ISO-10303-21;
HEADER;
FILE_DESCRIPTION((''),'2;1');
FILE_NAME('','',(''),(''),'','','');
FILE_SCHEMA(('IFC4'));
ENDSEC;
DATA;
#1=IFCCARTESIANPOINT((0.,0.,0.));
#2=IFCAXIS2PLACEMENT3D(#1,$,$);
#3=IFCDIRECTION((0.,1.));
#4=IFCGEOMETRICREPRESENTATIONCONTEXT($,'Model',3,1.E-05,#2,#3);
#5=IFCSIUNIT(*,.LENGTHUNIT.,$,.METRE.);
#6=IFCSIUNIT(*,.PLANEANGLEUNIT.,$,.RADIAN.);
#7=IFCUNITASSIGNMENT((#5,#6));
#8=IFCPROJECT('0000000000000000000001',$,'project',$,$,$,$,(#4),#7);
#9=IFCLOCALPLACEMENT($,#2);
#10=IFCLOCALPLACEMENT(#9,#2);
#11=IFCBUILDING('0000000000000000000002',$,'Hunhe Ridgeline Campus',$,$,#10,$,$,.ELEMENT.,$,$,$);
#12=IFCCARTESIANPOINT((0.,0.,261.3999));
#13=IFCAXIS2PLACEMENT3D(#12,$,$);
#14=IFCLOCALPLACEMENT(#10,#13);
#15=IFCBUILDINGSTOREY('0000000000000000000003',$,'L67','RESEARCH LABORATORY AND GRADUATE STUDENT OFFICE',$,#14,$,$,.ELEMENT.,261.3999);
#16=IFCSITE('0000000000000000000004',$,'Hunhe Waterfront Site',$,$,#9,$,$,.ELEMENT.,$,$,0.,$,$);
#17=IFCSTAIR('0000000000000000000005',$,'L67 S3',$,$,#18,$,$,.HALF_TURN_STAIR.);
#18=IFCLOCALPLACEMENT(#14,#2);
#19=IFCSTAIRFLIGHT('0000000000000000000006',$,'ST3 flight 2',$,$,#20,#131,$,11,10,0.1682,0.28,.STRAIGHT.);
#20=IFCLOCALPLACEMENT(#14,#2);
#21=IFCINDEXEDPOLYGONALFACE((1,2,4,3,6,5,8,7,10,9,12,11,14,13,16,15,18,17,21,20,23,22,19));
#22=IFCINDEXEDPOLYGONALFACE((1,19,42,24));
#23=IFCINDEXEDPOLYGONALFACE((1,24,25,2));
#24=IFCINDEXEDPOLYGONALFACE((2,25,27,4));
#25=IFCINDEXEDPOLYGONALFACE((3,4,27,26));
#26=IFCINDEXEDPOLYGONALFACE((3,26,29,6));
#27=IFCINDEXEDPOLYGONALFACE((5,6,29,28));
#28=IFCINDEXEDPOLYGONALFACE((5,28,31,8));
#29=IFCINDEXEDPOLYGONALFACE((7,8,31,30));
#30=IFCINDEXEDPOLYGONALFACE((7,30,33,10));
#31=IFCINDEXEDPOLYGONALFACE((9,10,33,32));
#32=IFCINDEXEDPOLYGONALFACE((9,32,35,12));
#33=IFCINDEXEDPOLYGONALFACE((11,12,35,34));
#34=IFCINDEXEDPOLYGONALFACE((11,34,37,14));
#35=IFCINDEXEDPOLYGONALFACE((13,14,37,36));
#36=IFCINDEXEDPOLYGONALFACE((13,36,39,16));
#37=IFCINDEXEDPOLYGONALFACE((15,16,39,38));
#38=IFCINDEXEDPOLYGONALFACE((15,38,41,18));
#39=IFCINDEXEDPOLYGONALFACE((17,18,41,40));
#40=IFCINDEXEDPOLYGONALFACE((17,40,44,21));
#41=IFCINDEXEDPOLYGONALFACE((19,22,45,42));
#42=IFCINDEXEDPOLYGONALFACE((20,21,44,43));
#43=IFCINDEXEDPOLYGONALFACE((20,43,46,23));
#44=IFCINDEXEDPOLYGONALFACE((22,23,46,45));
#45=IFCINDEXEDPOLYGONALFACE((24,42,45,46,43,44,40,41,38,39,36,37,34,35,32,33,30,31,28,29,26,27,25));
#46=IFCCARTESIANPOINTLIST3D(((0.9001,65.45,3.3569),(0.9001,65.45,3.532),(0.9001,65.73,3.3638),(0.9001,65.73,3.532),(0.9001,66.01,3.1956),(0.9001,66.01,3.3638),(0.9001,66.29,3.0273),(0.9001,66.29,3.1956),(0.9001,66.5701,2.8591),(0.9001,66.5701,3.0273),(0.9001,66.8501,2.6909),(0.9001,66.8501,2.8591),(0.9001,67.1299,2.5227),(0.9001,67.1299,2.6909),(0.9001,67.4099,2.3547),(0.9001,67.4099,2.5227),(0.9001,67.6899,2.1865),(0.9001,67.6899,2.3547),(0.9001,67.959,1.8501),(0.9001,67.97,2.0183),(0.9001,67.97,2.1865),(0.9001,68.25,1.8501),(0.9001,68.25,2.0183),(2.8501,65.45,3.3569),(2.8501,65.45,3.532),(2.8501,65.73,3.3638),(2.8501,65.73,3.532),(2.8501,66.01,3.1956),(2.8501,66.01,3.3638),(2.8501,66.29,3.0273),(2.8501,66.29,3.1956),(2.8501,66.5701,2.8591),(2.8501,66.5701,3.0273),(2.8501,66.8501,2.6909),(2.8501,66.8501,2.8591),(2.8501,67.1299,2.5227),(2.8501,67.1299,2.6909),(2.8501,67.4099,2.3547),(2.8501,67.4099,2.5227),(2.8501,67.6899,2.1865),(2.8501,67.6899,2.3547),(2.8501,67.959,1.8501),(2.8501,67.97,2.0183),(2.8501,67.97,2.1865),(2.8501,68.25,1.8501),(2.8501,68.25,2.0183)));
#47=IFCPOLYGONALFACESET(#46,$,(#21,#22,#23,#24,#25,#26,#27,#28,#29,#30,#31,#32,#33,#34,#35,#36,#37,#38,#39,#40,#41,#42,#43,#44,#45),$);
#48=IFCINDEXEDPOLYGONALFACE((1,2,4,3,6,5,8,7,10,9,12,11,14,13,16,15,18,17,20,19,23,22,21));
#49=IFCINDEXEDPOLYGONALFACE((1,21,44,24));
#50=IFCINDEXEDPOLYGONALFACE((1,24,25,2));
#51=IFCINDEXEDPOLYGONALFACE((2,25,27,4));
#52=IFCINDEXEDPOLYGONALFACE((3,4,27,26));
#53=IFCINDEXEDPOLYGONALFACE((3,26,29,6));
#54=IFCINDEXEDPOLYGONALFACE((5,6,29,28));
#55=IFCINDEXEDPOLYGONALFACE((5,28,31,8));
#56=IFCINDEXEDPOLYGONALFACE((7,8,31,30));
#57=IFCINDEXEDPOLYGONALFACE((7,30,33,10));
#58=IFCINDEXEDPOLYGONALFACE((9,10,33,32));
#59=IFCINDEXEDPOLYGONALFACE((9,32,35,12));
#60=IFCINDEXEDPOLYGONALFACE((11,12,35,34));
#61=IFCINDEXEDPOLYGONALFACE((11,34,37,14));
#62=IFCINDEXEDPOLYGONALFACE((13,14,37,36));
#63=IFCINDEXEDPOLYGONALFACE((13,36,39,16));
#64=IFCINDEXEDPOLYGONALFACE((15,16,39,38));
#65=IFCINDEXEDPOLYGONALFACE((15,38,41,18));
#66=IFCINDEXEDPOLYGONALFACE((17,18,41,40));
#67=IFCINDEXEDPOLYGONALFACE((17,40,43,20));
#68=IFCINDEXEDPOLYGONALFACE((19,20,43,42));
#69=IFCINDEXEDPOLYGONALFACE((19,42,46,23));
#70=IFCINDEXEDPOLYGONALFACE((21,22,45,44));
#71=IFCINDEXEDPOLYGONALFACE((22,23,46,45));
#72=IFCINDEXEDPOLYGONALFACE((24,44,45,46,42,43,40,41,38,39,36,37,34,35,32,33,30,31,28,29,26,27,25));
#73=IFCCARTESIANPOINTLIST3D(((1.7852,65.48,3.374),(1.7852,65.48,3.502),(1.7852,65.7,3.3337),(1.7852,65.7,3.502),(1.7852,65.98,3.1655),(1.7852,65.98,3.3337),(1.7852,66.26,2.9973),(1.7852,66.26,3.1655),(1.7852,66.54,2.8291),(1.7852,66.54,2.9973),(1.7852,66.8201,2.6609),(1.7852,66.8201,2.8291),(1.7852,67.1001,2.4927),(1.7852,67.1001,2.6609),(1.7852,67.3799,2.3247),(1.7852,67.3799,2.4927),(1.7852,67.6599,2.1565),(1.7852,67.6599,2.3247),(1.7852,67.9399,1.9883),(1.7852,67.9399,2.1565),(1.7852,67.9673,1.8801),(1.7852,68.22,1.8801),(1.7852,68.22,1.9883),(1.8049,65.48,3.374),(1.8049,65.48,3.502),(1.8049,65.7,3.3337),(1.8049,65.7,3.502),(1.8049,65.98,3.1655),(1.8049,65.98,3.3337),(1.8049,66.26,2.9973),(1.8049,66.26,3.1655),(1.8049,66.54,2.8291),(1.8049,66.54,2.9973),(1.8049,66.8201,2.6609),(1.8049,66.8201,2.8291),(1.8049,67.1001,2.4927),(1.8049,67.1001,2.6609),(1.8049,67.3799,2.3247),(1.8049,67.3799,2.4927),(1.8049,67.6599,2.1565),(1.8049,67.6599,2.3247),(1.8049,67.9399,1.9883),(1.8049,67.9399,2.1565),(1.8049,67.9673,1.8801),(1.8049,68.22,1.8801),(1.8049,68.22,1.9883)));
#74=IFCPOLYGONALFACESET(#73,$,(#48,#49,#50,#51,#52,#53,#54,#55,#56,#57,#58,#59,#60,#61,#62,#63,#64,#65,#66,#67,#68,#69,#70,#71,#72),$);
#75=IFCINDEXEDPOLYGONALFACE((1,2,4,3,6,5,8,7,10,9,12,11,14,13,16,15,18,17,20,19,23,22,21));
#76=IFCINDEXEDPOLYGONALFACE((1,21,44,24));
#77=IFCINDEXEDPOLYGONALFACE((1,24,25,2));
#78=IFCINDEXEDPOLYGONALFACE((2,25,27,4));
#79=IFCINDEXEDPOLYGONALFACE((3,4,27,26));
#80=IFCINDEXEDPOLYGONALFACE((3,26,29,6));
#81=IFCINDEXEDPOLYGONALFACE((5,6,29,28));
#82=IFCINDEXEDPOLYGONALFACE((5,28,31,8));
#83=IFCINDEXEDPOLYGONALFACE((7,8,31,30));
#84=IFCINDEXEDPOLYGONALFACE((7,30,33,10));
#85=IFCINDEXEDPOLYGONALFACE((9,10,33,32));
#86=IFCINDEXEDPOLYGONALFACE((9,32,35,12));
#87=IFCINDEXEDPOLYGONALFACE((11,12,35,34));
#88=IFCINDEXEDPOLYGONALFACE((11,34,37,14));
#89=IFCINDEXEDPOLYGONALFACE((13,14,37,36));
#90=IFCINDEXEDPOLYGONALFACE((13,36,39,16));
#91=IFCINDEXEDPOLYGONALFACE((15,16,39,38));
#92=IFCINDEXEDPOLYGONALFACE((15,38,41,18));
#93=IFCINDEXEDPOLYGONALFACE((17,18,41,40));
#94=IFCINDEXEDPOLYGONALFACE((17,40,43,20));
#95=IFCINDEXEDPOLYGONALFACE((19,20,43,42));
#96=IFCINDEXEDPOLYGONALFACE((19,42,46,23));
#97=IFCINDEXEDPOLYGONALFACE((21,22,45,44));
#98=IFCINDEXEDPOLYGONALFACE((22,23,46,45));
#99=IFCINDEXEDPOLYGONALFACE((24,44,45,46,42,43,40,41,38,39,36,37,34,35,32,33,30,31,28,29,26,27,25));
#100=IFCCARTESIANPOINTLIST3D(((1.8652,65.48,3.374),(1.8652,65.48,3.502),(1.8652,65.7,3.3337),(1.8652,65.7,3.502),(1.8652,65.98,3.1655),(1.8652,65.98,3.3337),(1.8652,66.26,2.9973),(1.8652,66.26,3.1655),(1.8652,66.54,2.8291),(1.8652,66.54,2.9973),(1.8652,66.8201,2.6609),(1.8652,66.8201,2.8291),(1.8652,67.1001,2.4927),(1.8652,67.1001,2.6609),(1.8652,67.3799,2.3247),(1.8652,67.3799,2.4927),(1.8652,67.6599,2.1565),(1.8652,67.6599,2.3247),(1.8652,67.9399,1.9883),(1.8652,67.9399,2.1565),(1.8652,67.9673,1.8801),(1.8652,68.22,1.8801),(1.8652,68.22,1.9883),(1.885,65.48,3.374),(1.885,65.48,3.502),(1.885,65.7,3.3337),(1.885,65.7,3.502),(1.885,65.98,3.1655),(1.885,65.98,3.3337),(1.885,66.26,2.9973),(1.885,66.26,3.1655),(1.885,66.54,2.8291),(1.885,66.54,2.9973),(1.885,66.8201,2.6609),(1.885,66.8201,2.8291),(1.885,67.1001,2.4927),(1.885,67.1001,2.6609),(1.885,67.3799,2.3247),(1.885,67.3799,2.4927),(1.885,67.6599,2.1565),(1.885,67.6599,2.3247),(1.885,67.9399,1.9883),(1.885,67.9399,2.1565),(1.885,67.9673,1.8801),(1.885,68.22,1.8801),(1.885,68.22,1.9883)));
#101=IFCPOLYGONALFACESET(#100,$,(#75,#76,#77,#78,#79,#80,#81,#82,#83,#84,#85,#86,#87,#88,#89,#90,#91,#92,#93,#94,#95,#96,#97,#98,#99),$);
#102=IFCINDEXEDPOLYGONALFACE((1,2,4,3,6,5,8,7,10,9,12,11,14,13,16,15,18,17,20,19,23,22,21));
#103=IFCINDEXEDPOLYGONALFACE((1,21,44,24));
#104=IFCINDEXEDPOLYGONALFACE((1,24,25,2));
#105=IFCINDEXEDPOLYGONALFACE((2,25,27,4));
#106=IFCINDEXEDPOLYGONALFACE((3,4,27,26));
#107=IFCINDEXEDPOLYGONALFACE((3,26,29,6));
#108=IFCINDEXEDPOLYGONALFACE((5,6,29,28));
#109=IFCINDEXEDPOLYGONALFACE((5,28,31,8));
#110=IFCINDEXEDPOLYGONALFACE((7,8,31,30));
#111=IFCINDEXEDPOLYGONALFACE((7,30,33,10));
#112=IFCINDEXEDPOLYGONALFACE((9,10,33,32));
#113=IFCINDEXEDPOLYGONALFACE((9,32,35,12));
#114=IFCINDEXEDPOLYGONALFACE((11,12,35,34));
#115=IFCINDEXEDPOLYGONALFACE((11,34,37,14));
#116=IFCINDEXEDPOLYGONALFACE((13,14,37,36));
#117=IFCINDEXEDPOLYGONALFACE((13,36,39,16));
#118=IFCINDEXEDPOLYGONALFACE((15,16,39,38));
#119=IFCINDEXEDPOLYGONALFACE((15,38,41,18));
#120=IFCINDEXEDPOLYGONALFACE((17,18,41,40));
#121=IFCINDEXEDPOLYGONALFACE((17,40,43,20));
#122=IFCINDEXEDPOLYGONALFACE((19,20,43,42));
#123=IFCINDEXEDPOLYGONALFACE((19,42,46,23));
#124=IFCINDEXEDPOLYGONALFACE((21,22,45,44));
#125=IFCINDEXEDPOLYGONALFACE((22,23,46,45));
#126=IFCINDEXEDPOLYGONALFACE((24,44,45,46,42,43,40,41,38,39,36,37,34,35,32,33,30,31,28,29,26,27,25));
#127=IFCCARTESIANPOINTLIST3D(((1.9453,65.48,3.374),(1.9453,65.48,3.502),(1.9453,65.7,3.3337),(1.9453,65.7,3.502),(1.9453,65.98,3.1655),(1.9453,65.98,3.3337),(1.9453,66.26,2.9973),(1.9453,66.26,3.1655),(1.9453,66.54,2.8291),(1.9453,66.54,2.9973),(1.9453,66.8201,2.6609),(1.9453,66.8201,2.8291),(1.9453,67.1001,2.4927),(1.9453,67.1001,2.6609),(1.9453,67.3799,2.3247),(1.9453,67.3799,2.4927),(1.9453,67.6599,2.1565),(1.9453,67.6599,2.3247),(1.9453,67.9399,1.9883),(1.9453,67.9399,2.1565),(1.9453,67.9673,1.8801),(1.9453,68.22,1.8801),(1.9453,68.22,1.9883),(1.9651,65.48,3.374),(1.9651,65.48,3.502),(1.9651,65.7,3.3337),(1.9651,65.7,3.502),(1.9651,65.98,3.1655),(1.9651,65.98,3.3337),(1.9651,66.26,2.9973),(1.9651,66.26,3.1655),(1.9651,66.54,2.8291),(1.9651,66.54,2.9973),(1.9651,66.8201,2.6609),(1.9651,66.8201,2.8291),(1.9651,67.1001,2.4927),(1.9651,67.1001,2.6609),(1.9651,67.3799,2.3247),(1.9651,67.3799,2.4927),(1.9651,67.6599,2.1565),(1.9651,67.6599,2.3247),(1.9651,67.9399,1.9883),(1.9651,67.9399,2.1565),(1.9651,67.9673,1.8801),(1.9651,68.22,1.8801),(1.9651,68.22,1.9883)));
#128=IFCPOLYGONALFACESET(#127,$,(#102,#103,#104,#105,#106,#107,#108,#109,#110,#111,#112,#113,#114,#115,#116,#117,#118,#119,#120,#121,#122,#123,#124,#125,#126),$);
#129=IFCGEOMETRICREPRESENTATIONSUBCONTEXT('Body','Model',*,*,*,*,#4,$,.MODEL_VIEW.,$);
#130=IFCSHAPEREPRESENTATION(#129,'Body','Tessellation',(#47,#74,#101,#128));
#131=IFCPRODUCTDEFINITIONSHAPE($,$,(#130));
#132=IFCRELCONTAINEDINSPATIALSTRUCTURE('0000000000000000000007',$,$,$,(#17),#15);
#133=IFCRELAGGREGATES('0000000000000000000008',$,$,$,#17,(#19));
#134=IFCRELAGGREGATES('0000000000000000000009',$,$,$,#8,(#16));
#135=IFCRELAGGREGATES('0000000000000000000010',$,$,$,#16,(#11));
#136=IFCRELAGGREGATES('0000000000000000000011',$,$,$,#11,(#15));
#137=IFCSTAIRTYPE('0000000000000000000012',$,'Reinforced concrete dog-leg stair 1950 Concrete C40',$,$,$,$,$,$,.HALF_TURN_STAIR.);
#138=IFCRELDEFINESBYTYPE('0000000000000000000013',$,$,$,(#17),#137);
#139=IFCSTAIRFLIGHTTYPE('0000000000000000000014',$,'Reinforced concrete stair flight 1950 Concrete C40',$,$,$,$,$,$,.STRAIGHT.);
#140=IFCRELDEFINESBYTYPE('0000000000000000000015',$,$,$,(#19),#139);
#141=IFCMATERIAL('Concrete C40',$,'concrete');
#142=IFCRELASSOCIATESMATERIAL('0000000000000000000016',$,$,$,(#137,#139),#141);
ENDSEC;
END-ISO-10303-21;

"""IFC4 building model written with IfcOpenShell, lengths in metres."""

from ifc_helpers import new_model, si_unit, direction, frame, origin, place, context, subcontext, project, spatial, polyline, outline, extrude, material, type_object, element, aggregate, save


model = new_model("IFC4")

# Units and contexts
model_context = context("Model", 3, precision=1e-05, world=origin(), true_north=direction((0.0, 1.0)))
body_context = subcontext(model_context, "Body", "Model", "MODEL_VIEW")
ifc_project = project(units=[si_unit("LENGTHUNIT", "METRE"), si_unit("PLANEANGLEUNIT", "RADIAN")], contexts=[model_context])

# Site, building, storey
site_placement = place(None, origin())
site = spatial("IfcSite", under=ifc_project, at=site_placement, Name="Hunhe Waterfront Site", CompositionType="ELEMENT", RefElevation=0.0)
building_placement = place(site_placement, origin())
building = spatial("IfcBuilding", under=site, at=building_placement, Name="Hunhe Ridgeline Campus", CompositionType="ELEMENT")
storey_placement = place(building_placement, frame((0.0, 0.0, 261.3999)))
storey = spatial("IfcBuildingStorey", under=building, at=storey_placement, Name="L67", Description="RESEARCH LABORATORY AND GRADUATE STUDENT OFFICE", CompositionType="ELEMENT", Elevation=261.3999)

# Stair, stair flight
ifc_material_1 = material(Name="Concrete C40", Category="concrete")
stair_type = type_object("IfcStairType", Name="Reinforced concrete dog-leg stair 1950 Concrete C40", PredefinedType="HALF_TURN_STAIR", material=ifc_material_1)
stair_1_placement = place(storey_placement, origin())
stair_1 = element("IfcStair", 1, at=stair_1_placement, inside=storey, type_object=stair_type, Name="L67 S3", PredefinedType="HALF_TURN_STAIR")
stair_flight_type = type_object("IfcStairFlightType", Name="Reinforced concrete stair flight 1950 Concrete C40", PredefinedType="STRAIGHT", material=ifc_material_1)
stair_flight_1_placement = place(storey_placement, frame((1.875, 68.25, 1.8501), z_axis=(0.0, 0.0, 1.0), x_axis=(0.0, -1.0, 0.0)))
stair_flight_1 = element("IfcStairFlight", 2, at=stair_flight_1_placement, type_object=stair_flight_type, Name="ST3 flight 2", NumberOfRisers=11, NumberOfTreads=10, PredefinedType="STRAIGHT", RiserHeight=0.1682, TreadLength=0.28, context=body_context, shape_type="SweptSolid", body=[
    extrude(outline(polyline([(0.0, 0.0), (0.0, 0.1682), (0.28, 0.1682), (0.28, 0.3364), (0.5601, 0.3364), (0.5601, 0.5046), (0.8401, 0.5046), (0.8401, 0.6726), (1.1201, 0.6726), (1.1201, 0.8408), (1.3999, 0.8408), (1.3999, 1.009), (1.6799, 1.009), (1.6799, 1.1772), (1.96, 1.1772), (1.96, 1.3455), (2.24, 1.3455), (2.24, 1.5137), (2.52, 1.5137), (2.52, 1.6819), (2.8, 1.6819), (2.8, 1.8501), (2.8, 1.5068), (0.291, 0.0), (0.0, 0.0)])), frame((0.0, 0.9751, 0.0), z_axis=(0.0, -1.0, 0.0), x_axis=(1.0, 0.0, 0.0)), (0.0, 0.0, 1.0), 1.95),
    extrude(outline(polyline([(0.03, 0.03), (0.03, 0.1382), (0.3101, 0.1382), (0.3101, 0.3064), (0.5901, 0.3064), (0.5901, 0.4746), (0.8701, 0.4746), (0.8701, 0.6426), (1.1499, 0.6426), (1.1499, 0.8108), (1.4299, 0.8108), (1.4299, 0.979), (1.71, 0.979), (1.71, 1.1472), (1.99, 1.1472), (1.99, 1.3154), (2.27, 1.3154), (2.27, 1.4836), (2.55, 1.4836), (2.55, 1.6519), (2.77, 1.6519), (2.77, 1.5239), (0.2827, 0.03), (0.03, 0.03)])), frame((0.0, -0.0701, 0.0), z_axis=(0.0, -1.0, 0.0), x_axis=(1.0, 0.0, 0.0)), (0.0, 0.0, 1.0), 0.0198),
    extrude(outline(polyline([(0.03, 0.03), (0.03, 0.1382), (0.3101, 0.1382), (0.3101, 0.3064), (0.5901, 0.3064), (0.5901, 0.4746), (0.8701, 0.4746), (0.8701, 0.6426), (1.1499, 0.6426), (1.1499, 0.8108), (1.4299, 0.8108), (1.4299, 0.979), (1.71, 0.979), (1.71, 1.1472), (1.99, 1.1472), (1.99, 1.3154), (2.27, 1.3154), (2.27, 1.4836), (2.55, 1.4836), (2.55, 1.6519), (2.77, 1.6519), (2.77, 1.5239), (0.2827, 0.03), (0.03, 0.03)])), frame((0.0, 0.01, 0.0), z_axis=(0.0, -1.0, 0.0), x_axis=(1.0, 0.0, 0.0)), (0.0, 0.0, 1.0), 0.0198),
    extrude(outline(polyline([(0.03, 0.03), (0.03, 0.1382), (0.3101, 0.1382), (0.3101, 0.3064), (0.5901, 0.3064), (0.5901, 0.4746), (0.8701, 0.4746), (0.8701, 0.6426), (1.1499, 0.6426), (1.1499, 0.8108), (1.4299, 0.8108), (1.4299, 0.979), (1.71, 0.979), (1.71, 1.1472), (1.99, 1.1472), (1.99, 1.3154), (2.27, 1.3154), (2.27, 1.4836), (2.55, 1.4836), (2.55, 1.6519), (2.77, 1.6519), (2.77, 1.5239), (0.2827, 0.03), (0.03, 0.03)])), frame((0.0, 0.0901, 0.0), z_axis=(0.0, -1.0, 0.0), x_axis=(1.0, 0.0, 0.0)), (0.0, 0.0, 1.0), 0.0198),
])
aggregate(stair_1, [stair_flight_1])

save(model, "model.ifc")
